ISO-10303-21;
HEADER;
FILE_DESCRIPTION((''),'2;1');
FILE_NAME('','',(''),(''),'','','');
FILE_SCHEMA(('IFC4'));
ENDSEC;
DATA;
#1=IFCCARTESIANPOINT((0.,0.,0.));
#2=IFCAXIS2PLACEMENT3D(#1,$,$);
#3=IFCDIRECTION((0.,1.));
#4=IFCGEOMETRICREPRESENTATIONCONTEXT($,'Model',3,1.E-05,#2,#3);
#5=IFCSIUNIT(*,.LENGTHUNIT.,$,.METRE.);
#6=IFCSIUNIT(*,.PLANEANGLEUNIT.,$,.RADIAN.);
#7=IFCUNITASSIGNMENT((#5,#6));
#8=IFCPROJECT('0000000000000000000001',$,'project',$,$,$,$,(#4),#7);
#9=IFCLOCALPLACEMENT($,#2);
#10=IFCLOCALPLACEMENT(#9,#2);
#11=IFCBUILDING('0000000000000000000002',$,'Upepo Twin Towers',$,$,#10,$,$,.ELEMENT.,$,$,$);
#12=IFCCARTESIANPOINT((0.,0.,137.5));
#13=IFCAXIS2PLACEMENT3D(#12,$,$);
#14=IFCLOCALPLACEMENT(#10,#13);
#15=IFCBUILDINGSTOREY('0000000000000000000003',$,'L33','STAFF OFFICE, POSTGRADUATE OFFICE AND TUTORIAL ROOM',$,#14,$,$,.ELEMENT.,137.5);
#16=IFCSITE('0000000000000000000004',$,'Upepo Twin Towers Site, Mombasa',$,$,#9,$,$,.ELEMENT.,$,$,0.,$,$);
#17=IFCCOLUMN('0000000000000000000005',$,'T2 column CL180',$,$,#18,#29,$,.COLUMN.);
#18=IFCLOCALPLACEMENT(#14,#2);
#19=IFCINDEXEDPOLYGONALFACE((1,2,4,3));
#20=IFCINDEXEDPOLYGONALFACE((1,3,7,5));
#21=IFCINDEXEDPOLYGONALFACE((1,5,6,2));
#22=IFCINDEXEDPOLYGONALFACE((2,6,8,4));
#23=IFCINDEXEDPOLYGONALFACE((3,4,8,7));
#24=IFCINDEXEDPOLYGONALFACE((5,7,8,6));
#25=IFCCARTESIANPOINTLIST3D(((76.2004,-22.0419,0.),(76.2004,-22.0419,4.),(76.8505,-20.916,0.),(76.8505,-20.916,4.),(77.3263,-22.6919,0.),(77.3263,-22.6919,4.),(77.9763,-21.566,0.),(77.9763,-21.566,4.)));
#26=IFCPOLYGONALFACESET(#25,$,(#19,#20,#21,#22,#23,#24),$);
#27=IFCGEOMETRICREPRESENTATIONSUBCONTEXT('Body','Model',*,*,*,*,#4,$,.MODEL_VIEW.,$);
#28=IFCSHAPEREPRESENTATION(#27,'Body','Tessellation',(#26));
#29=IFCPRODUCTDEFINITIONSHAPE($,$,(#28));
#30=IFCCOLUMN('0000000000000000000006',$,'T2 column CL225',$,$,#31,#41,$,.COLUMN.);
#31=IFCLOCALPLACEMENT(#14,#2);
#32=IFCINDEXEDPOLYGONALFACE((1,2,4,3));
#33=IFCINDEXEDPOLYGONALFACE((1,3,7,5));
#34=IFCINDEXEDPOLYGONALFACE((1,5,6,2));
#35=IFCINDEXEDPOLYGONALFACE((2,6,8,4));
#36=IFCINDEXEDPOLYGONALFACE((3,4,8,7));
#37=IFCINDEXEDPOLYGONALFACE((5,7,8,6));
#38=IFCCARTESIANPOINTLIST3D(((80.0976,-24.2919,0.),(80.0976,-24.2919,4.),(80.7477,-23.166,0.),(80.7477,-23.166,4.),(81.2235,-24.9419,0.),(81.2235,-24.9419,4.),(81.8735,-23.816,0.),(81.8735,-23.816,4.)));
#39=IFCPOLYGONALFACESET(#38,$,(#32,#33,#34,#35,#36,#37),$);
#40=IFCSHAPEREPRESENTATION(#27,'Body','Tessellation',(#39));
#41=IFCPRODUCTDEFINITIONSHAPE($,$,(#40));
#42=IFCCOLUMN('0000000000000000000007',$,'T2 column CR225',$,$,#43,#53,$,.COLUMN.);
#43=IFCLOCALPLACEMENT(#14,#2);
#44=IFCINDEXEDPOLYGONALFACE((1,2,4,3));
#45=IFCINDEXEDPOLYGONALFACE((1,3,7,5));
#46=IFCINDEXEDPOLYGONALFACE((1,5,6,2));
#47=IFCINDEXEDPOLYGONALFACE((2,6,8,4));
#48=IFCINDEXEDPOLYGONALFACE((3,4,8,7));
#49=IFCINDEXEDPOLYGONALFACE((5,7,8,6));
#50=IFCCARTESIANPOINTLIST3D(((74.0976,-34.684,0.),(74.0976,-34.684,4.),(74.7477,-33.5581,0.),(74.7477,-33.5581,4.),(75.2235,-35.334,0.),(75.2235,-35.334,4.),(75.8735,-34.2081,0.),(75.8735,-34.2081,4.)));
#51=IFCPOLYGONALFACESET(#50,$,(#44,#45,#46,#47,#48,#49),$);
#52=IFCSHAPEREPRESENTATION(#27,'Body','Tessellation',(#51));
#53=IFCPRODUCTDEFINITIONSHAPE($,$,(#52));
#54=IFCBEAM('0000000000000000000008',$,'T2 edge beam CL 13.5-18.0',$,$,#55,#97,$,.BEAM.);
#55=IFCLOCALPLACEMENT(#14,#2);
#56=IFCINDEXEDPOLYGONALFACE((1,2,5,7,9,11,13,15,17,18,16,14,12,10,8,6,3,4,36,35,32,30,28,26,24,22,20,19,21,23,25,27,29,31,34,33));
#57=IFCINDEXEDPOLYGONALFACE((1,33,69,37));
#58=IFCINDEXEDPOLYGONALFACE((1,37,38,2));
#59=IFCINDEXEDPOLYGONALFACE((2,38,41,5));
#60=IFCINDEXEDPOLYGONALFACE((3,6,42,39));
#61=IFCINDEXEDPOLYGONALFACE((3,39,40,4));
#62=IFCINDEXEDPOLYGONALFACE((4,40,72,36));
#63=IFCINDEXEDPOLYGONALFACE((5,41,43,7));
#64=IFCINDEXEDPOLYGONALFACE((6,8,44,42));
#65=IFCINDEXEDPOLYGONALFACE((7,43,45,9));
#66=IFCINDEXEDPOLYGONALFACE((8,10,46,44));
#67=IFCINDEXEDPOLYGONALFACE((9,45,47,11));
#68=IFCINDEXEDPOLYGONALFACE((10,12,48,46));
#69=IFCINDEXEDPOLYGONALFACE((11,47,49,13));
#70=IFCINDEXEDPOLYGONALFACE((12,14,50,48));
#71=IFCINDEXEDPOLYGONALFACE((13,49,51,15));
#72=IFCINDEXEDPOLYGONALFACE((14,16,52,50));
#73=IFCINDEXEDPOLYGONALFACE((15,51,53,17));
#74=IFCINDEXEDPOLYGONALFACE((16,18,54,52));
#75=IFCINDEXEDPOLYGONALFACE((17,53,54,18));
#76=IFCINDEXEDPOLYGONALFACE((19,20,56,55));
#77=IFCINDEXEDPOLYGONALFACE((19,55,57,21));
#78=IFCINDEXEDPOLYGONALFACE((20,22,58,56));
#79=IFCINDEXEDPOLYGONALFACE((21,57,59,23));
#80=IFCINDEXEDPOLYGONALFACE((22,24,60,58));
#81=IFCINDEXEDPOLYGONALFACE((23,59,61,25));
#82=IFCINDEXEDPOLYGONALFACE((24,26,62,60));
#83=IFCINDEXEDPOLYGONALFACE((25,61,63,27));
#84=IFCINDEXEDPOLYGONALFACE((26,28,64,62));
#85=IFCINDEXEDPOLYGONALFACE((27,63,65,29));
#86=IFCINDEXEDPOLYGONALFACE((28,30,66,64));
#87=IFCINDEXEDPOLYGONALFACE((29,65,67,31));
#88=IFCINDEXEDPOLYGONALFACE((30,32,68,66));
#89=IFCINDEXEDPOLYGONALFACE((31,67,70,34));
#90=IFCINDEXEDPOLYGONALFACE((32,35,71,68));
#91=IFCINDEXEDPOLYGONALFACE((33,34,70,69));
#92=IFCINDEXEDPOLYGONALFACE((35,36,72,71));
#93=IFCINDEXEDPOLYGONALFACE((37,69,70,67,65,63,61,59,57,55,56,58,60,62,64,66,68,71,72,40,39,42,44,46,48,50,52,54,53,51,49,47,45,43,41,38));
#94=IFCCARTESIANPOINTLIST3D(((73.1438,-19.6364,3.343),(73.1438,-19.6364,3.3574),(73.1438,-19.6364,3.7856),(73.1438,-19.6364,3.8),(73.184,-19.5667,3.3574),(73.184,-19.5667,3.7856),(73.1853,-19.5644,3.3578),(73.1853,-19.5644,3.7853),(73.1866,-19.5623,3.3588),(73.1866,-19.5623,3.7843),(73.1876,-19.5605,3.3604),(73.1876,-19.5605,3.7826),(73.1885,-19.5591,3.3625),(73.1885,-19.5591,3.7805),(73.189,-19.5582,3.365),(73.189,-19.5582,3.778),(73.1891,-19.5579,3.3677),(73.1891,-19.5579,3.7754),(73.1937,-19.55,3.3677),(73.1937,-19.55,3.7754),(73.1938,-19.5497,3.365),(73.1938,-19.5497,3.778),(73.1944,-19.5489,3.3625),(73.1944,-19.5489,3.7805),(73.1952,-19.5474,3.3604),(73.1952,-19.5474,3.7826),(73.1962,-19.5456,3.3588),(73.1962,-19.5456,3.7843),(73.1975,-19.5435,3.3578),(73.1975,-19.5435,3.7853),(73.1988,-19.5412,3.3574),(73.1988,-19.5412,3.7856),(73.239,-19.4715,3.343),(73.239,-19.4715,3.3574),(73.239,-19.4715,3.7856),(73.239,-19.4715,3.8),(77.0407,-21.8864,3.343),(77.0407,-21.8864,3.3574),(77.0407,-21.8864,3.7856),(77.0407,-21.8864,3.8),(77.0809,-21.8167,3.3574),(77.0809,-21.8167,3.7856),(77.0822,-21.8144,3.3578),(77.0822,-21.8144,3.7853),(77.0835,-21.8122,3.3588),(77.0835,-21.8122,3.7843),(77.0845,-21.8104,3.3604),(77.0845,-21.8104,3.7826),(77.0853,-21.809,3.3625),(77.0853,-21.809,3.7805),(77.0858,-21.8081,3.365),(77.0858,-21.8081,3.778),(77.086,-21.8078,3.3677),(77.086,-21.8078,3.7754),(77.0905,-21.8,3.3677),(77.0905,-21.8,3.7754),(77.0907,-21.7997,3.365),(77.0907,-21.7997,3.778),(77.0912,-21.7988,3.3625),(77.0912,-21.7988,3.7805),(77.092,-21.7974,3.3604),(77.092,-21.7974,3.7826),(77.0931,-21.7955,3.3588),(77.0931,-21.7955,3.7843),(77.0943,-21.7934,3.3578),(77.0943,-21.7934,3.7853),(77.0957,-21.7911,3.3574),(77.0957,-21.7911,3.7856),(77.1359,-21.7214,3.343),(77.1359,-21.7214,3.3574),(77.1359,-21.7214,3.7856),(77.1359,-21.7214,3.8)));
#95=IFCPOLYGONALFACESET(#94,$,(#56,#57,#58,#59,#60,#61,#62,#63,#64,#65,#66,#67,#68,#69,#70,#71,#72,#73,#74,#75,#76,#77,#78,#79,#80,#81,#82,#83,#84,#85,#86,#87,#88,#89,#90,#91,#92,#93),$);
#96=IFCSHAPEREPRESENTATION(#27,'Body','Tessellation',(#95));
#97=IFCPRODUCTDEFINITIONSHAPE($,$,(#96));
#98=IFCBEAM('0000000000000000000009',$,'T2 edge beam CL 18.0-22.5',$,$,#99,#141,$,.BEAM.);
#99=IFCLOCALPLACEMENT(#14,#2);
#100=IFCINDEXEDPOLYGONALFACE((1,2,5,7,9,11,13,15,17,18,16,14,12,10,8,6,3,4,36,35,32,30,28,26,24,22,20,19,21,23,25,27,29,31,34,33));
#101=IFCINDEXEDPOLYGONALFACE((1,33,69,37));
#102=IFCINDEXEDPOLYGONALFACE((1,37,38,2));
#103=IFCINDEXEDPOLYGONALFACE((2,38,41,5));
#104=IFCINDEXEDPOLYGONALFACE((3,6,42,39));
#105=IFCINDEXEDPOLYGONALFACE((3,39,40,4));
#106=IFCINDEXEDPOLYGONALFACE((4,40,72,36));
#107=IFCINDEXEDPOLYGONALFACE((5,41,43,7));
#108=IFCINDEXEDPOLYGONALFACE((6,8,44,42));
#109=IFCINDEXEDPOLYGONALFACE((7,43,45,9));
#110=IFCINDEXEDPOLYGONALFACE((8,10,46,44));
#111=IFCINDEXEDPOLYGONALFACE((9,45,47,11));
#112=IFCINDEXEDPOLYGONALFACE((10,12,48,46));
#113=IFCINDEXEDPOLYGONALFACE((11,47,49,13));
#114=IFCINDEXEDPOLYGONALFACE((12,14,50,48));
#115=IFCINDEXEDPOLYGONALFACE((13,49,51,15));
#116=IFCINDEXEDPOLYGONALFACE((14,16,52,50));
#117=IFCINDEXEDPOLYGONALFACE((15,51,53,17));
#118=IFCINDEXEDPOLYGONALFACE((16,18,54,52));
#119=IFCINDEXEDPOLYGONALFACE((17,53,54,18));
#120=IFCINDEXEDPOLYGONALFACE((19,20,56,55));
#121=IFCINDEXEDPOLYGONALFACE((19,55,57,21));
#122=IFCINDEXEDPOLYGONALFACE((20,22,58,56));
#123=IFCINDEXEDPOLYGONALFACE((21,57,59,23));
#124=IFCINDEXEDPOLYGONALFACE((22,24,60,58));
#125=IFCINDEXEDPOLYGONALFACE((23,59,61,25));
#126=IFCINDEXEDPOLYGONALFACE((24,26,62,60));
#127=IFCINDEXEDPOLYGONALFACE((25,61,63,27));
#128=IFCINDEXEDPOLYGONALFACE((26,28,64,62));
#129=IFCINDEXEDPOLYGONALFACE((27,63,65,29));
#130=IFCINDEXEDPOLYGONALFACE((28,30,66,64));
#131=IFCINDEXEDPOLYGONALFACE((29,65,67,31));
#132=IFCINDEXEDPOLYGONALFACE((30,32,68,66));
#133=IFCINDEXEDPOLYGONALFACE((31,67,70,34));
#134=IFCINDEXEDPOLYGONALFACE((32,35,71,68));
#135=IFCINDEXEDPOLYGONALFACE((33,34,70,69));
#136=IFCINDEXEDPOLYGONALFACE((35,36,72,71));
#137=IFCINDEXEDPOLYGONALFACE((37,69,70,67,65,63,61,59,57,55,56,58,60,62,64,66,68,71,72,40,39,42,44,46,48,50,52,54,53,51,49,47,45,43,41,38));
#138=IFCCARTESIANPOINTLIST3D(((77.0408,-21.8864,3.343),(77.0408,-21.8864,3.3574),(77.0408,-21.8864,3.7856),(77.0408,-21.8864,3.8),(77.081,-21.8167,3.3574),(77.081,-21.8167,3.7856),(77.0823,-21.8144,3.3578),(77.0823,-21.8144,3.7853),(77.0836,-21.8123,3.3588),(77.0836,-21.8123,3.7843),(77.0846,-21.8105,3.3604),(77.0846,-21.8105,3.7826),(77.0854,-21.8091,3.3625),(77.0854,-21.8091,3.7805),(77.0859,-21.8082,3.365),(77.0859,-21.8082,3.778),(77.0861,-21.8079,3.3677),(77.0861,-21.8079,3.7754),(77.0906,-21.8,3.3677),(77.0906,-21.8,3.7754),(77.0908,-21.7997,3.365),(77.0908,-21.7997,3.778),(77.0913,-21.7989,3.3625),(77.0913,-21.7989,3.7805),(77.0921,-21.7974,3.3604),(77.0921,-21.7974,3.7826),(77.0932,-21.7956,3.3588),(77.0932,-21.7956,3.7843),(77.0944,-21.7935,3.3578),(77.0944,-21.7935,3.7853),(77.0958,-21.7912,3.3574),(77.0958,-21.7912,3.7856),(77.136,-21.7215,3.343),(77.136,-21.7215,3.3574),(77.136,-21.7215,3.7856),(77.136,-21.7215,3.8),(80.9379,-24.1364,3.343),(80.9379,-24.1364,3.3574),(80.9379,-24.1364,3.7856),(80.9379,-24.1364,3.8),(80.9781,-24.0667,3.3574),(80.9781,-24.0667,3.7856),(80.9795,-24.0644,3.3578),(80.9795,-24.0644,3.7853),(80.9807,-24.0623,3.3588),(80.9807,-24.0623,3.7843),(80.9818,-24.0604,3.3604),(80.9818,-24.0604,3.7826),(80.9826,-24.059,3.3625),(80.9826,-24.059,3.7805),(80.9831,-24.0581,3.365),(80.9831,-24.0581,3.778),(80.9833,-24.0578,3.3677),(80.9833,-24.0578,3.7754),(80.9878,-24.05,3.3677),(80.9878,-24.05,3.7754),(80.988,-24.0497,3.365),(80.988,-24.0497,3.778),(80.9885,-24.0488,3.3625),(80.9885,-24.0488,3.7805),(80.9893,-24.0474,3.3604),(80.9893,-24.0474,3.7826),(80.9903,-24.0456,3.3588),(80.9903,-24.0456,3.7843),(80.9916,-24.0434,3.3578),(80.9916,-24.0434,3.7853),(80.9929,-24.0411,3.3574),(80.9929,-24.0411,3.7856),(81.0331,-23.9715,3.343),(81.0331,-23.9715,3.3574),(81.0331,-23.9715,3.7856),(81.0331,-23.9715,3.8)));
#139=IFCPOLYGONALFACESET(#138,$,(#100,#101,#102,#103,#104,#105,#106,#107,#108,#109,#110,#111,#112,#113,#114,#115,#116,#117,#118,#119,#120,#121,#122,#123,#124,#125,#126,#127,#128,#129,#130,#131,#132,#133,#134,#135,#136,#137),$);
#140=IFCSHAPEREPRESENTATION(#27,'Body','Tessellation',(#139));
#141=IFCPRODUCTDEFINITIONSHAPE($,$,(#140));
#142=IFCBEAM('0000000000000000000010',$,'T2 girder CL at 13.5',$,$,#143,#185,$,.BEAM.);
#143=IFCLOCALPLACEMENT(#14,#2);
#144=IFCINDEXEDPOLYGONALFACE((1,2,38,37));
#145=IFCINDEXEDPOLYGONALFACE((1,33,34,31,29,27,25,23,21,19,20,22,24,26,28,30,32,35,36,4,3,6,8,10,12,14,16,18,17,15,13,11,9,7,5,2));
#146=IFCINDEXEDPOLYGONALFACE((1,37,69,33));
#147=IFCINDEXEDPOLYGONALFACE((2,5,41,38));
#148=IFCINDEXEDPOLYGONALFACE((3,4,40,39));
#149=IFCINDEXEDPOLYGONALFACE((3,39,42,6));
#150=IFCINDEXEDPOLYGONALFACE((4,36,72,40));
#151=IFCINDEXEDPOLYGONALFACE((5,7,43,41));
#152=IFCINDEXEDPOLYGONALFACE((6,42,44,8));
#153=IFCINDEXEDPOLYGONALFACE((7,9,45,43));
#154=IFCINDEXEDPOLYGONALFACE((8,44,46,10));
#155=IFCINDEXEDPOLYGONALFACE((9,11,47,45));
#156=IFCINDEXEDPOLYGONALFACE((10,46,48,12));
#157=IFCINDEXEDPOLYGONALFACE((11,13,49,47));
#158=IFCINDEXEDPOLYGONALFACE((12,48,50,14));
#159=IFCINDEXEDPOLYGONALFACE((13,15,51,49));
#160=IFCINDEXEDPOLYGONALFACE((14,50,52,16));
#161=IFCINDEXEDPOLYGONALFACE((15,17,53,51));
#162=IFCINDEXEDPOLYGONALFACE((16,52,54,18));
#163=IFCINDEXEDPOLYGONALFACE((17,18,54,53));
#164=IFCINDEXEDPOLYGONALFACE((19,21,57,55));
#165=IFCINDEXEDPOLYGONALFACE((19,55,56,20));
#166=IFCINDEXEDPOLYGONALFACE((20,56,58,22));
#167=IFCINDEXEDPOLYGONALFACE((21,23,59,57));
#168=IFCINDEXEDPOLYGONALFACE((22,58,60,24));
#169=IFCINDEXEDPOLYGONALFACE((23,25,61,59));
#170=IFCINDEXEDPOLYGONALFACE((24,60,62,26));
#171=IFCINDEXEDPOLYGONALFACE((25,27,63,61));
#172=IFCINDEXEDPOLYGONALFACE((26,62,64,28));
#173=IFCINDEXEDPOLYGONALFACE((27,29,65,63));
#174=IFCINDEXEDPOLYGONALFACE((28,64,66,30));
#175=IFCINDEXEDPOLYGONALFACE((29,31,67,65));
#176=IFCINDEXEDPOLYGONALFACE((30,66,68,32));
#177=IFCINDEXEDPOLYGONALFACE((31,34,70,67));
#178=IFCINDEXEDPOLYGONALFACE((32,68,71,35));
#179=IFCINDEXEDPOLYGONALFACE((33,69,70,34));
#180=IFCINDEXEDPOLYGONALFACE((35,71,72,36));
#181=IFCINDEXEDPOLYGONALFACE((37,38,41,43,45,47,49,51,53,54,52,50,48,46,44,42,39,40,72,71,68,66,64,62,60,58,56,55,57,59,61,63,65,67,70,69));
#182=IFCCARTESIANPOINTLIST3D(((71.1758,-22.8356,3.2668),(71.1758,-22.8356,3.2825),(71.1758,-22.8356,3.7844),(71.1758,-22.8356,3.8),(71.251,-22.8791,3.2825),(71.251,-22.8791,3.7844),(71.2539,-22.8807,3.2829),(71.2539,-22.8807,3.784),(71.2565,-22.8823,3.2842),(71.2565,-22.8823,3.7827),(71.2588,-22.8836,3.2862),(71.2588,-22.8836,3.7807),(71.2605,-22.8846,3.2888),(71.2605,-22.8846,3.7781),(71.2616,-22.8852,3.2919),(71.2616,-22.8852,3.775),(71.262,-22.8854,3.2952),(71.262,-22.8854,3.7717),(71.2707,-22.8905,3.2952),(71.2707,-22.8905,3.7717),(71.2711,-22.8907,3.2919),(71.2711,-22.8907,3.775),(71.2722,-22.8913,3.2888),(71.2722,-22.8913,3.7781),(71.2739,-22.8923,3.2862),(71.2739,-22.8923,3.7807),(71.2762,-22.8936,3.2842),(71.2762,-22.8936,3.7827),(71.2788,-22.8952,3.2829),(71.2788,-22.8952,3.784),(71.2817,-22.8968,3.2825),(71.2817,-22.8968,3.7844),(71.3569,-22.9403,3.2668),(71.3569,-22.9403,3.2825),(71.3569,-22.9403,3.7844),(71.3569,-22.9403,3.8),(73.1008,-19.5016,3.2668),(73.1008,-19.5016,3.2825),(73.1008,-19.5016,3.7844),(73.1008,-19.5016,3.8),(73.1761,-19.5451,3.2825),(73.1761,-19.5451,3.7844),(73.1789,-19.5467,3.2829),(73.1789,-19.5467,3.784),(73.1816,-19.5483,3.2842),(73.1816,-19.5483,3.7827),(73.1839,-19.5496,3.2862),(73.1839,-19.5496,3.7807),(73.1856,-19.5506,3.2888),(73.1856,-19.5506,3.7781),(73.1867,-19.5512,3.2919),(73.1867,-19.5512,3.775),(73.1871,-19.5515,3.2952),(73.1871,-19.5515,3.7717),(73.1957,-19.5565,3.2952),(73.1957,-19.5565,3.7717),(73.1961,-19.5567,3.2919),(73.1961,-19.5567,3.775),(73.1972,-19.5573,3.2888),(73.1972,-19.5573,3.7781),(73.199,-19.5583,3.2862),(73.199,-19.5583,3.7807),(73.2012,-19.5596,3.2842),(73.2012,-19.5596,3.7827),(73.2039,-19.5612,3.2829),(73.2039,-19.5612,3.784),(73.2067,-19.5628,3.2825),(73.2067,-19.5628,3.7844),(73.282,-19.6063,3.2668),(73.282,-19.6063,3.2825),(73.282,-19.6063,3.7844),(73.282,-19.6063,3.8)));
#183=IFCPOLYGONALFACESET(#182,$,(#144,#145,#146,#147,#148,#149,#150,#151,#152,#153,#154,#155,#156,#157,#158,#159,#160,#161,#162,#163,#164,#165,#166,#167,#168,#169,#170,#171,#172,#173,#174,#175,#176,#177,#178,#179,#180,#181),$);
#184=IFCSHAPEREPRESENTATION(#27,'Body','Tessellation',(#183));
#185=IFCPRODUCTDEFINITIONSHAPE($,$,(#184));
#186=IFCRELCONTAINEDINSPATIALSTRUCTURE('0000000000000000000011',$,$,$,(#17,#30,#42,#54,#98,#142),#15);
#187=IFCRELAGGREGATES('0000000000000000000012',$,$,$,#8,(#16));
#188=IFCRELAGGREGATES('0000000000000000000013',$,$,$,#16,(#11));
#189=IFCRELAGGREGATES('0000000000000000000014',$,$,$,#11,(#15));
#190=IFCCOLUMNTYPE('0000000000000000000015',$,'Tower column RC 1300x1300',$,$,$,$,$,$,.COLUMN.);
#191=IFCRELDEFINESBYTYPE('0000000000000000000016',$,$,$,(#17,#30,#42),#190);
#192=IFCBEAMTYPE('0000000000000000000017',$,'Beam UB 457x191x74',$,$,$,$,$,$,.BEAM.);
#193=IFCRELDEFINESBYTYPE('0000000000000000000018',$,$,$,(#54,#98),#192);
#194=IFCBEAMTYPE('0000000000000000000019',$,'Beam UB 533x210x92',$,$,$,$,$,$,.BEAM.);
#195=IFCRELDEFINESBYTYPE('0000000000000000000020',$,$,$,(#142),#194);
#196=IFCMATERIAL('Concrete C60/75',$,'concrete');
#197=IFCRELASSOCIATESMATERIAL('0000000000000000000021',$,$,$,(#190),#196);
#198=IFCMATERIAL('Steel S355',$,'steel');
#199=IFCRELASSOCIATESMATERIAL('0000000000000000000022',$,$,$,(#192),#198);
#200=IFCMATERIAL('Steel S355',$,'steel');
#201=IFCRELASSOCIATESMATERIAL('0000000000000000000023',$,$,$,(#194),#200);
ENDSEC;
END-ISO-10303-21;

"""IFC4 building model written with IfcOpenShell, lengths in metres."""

from ifc_helpers import new_model, si_unit, direction, frame, origin, origin_2d, place, context, subcontext, project, spatial, rectangle, i_section, extrude, material, material_profile, profile_set, type_object, element, save


model = new_model("IFC4")

# Units and contexts
model_context = context("Model", 3, precision=1e-05, world=origin(), true_north=direction((0.0, 1.0)))
body_context = subcontext(model_context, "Body", "Model", "MODEL_VIEW")
ifc_project = project(units=[si_unit("LENGTHUNIT", "METRE"), si_unit("PLANEANGLEUNIT", "RADIAN")], contexts=[model_context])

# Site, building, storey
site_placement = place(None, origin())
site = spatial("IfcSite", under=ifc_project, at=site_placement, Name="Upepo Twin Towers Site, Mombasa", CompositionType="ELEMENT", RefElevation=0.0)
building_placement = place(site_placement, origin())
building = spatial("IfcBuilding", under=site, at=building_placement, Name="Upepo Twin Towers", CompositionType="ELEMENT")
storey_placement = place(building_placement, frame((0.0, 0.0, 137.5)))
storey = spatial("IfcBuildingStorey", under=building, at=storey_placement, Name="L33", Description="STAFF OFFICE, POSTGRADUATE OFFICE AND TUTORIAL ROOM", CompositionType="ELEMENT", Elevation=137.5)

# Columns
ifc_material_1 = material(Name="Concrete C60/75", Category="concrete")
ifc_material_profile_1 = material_profile(ifc_material_1, rectangle(XDim=1.3, YDim=1.3, at=origin_2d()), Name="RC 1300x1300")
ifc_profile_set_1 = profile_set([ifc_material_profile_1], Name="Concrete C60/75")
column_type = type_object("IfcColumnType", Name="Tower column RC 1300x1300", PredefinedType="COLUMN", material=ifc_profile_set_1)
for number, where, z_axis, x_axis, name in (
    (1, (77.0884, -21.804, 0.0), (0.0, 0.0, 1.0), (0.5, 0.866025, 0.0), "T2 column CL180"),
    (2, (80.9856, -24.054, 0.0), (0.0, 0.0, 1.0), (0.5, 0.866025, 0.0), "T2 column CL225"),
    (3, (74.9856, -34.446, 0.0), (0.0, 0.0, 1.0), (0.5, 0.866025, 0.0), "T2 column CR225"),
):
    element("IfcColumn", number, at=place(storey_placement, frame(where, z_axis=z_axis, x_axis=x_axis)), inside=storey, type_object=column_type, Name=name, PredefinedType="COLUMN", context=body_context, shape_type="SweptSolid", body=[
        extrude(rectangle(XDim=1.3, YDim=1.3, at=origin_2d()), origin(), (0.0, 0.0, 1.0), 4.0),
    ])

# Beams
ifc_material_2 = material(Name="Steel S355", Category="steel")
ifc_material_profile_2 = material_profile(ifc_material_2, i_section(OverallWidth=0.1904, OverallDepth=0.457, WebThickness=0.009, FlangeThickness=0.0144, FilletRadius=0.0103, at=origin_2d()), Name="UB 457x191x74")
ifc_profile_set_2 = profile_set([ifc_material_profile_2], Name="Steel S355")
beam_type_1 = type_object("IfcBeamType", Name="Beam UB 457x191x74", PredefinedType="BEAM", material=ifc_profile_set_2)
beam_1_placement = place(storey_placement, frame((73.1914, -19.554, 3.5715), z_axis=(0.866018, -0.500014, 0.0), x_axis=(0.500014, 0.866018, 0.0)))
element("IfcBeam", 4, at=beam_1_placement, inside=storey, type_object=beam_type_1, Name="T2 edge beam CL 13.5-18.0", PredefinedType="BEAM", context=body_context, shape_type="SweptSolid", body=[
    extrude(i_section(OverallWidth=0.1904, OverallDepth=0.457, WebThickness=0.009, FlangeThickness=0.0144, FilletRadius=0.0103, at=origin_2d()), origin(), (0.0, 0.0, 1.0), 4.4998),
])
beam_2_placement = place(storey_placement, frame((77.0884, -21.804, 3.5715), z_axis=(0.866031, -0.49999, 0.0), x_axis=(0.49999, 0.866031, 0.0)))
element("IfcBeam", 5, at=beam_2_placement, inside=storey, type_object=beam_type_1, Name="T2 edge beam CL 18.0-22.5", PredefinedType="BEAM", context=body_context, shape_type="SweptSolid", body=[
    extrude(i_section(OverallWidth=0.1904, OverallDepth=0.457, WebThickness=0.009, FlangeThickness=0.0144, FilletRadius=0.0103, at=origin_2d()), origin(), (0.0, 0.0, 1.0), 4.5),
])
ifc_material_3 = material(Name="Steel S355", Category="steel")
ifc_material_profile_3 = material_profile(ifc_material_3, i_section(OverallWidth=0.2092, OverallDepth=0.5332, WebThickness=0.01, FlangeThickness=0.0156, FilletRadius=0.0127, at=origin_2d()), Name="UB 533x210x92")
ifc_profile_set_3 = profile_set([ifc_material_profile_3], Name="Steel S355")
beam_type_2 = type_object("IfcBeamType", Name="Beam UB 533x210x92", PredefinedType="BEAM", material=ifc_profile_set_3)
beam_3_placement = place(storey_placement, frame((73.1914, -19.554, 3.5334), z_axis=(-0.500034, -0.866006, 0.0), x_axis=(0.866006, -0.500034, 0.0)))
element("IfcBeam", 6, at=beam_3_placement, inside=storey, type_object=beam_type_2, Name="T2 girder CL at 13.5", PredefinedType="BEAM", context=body_context, shape_type="SweptSolid", body=[
    extrude(i_section(OverallWidth=0.2092, OverallDepth=0.5332, WebThickness=0.01, FlangeThickness=0.0156, FilletRadius=0.0127, at=origin_2d()), origin(), (0.0, 0.0, 1.0), 3.8499),
])

save(model, "model.ifc")
